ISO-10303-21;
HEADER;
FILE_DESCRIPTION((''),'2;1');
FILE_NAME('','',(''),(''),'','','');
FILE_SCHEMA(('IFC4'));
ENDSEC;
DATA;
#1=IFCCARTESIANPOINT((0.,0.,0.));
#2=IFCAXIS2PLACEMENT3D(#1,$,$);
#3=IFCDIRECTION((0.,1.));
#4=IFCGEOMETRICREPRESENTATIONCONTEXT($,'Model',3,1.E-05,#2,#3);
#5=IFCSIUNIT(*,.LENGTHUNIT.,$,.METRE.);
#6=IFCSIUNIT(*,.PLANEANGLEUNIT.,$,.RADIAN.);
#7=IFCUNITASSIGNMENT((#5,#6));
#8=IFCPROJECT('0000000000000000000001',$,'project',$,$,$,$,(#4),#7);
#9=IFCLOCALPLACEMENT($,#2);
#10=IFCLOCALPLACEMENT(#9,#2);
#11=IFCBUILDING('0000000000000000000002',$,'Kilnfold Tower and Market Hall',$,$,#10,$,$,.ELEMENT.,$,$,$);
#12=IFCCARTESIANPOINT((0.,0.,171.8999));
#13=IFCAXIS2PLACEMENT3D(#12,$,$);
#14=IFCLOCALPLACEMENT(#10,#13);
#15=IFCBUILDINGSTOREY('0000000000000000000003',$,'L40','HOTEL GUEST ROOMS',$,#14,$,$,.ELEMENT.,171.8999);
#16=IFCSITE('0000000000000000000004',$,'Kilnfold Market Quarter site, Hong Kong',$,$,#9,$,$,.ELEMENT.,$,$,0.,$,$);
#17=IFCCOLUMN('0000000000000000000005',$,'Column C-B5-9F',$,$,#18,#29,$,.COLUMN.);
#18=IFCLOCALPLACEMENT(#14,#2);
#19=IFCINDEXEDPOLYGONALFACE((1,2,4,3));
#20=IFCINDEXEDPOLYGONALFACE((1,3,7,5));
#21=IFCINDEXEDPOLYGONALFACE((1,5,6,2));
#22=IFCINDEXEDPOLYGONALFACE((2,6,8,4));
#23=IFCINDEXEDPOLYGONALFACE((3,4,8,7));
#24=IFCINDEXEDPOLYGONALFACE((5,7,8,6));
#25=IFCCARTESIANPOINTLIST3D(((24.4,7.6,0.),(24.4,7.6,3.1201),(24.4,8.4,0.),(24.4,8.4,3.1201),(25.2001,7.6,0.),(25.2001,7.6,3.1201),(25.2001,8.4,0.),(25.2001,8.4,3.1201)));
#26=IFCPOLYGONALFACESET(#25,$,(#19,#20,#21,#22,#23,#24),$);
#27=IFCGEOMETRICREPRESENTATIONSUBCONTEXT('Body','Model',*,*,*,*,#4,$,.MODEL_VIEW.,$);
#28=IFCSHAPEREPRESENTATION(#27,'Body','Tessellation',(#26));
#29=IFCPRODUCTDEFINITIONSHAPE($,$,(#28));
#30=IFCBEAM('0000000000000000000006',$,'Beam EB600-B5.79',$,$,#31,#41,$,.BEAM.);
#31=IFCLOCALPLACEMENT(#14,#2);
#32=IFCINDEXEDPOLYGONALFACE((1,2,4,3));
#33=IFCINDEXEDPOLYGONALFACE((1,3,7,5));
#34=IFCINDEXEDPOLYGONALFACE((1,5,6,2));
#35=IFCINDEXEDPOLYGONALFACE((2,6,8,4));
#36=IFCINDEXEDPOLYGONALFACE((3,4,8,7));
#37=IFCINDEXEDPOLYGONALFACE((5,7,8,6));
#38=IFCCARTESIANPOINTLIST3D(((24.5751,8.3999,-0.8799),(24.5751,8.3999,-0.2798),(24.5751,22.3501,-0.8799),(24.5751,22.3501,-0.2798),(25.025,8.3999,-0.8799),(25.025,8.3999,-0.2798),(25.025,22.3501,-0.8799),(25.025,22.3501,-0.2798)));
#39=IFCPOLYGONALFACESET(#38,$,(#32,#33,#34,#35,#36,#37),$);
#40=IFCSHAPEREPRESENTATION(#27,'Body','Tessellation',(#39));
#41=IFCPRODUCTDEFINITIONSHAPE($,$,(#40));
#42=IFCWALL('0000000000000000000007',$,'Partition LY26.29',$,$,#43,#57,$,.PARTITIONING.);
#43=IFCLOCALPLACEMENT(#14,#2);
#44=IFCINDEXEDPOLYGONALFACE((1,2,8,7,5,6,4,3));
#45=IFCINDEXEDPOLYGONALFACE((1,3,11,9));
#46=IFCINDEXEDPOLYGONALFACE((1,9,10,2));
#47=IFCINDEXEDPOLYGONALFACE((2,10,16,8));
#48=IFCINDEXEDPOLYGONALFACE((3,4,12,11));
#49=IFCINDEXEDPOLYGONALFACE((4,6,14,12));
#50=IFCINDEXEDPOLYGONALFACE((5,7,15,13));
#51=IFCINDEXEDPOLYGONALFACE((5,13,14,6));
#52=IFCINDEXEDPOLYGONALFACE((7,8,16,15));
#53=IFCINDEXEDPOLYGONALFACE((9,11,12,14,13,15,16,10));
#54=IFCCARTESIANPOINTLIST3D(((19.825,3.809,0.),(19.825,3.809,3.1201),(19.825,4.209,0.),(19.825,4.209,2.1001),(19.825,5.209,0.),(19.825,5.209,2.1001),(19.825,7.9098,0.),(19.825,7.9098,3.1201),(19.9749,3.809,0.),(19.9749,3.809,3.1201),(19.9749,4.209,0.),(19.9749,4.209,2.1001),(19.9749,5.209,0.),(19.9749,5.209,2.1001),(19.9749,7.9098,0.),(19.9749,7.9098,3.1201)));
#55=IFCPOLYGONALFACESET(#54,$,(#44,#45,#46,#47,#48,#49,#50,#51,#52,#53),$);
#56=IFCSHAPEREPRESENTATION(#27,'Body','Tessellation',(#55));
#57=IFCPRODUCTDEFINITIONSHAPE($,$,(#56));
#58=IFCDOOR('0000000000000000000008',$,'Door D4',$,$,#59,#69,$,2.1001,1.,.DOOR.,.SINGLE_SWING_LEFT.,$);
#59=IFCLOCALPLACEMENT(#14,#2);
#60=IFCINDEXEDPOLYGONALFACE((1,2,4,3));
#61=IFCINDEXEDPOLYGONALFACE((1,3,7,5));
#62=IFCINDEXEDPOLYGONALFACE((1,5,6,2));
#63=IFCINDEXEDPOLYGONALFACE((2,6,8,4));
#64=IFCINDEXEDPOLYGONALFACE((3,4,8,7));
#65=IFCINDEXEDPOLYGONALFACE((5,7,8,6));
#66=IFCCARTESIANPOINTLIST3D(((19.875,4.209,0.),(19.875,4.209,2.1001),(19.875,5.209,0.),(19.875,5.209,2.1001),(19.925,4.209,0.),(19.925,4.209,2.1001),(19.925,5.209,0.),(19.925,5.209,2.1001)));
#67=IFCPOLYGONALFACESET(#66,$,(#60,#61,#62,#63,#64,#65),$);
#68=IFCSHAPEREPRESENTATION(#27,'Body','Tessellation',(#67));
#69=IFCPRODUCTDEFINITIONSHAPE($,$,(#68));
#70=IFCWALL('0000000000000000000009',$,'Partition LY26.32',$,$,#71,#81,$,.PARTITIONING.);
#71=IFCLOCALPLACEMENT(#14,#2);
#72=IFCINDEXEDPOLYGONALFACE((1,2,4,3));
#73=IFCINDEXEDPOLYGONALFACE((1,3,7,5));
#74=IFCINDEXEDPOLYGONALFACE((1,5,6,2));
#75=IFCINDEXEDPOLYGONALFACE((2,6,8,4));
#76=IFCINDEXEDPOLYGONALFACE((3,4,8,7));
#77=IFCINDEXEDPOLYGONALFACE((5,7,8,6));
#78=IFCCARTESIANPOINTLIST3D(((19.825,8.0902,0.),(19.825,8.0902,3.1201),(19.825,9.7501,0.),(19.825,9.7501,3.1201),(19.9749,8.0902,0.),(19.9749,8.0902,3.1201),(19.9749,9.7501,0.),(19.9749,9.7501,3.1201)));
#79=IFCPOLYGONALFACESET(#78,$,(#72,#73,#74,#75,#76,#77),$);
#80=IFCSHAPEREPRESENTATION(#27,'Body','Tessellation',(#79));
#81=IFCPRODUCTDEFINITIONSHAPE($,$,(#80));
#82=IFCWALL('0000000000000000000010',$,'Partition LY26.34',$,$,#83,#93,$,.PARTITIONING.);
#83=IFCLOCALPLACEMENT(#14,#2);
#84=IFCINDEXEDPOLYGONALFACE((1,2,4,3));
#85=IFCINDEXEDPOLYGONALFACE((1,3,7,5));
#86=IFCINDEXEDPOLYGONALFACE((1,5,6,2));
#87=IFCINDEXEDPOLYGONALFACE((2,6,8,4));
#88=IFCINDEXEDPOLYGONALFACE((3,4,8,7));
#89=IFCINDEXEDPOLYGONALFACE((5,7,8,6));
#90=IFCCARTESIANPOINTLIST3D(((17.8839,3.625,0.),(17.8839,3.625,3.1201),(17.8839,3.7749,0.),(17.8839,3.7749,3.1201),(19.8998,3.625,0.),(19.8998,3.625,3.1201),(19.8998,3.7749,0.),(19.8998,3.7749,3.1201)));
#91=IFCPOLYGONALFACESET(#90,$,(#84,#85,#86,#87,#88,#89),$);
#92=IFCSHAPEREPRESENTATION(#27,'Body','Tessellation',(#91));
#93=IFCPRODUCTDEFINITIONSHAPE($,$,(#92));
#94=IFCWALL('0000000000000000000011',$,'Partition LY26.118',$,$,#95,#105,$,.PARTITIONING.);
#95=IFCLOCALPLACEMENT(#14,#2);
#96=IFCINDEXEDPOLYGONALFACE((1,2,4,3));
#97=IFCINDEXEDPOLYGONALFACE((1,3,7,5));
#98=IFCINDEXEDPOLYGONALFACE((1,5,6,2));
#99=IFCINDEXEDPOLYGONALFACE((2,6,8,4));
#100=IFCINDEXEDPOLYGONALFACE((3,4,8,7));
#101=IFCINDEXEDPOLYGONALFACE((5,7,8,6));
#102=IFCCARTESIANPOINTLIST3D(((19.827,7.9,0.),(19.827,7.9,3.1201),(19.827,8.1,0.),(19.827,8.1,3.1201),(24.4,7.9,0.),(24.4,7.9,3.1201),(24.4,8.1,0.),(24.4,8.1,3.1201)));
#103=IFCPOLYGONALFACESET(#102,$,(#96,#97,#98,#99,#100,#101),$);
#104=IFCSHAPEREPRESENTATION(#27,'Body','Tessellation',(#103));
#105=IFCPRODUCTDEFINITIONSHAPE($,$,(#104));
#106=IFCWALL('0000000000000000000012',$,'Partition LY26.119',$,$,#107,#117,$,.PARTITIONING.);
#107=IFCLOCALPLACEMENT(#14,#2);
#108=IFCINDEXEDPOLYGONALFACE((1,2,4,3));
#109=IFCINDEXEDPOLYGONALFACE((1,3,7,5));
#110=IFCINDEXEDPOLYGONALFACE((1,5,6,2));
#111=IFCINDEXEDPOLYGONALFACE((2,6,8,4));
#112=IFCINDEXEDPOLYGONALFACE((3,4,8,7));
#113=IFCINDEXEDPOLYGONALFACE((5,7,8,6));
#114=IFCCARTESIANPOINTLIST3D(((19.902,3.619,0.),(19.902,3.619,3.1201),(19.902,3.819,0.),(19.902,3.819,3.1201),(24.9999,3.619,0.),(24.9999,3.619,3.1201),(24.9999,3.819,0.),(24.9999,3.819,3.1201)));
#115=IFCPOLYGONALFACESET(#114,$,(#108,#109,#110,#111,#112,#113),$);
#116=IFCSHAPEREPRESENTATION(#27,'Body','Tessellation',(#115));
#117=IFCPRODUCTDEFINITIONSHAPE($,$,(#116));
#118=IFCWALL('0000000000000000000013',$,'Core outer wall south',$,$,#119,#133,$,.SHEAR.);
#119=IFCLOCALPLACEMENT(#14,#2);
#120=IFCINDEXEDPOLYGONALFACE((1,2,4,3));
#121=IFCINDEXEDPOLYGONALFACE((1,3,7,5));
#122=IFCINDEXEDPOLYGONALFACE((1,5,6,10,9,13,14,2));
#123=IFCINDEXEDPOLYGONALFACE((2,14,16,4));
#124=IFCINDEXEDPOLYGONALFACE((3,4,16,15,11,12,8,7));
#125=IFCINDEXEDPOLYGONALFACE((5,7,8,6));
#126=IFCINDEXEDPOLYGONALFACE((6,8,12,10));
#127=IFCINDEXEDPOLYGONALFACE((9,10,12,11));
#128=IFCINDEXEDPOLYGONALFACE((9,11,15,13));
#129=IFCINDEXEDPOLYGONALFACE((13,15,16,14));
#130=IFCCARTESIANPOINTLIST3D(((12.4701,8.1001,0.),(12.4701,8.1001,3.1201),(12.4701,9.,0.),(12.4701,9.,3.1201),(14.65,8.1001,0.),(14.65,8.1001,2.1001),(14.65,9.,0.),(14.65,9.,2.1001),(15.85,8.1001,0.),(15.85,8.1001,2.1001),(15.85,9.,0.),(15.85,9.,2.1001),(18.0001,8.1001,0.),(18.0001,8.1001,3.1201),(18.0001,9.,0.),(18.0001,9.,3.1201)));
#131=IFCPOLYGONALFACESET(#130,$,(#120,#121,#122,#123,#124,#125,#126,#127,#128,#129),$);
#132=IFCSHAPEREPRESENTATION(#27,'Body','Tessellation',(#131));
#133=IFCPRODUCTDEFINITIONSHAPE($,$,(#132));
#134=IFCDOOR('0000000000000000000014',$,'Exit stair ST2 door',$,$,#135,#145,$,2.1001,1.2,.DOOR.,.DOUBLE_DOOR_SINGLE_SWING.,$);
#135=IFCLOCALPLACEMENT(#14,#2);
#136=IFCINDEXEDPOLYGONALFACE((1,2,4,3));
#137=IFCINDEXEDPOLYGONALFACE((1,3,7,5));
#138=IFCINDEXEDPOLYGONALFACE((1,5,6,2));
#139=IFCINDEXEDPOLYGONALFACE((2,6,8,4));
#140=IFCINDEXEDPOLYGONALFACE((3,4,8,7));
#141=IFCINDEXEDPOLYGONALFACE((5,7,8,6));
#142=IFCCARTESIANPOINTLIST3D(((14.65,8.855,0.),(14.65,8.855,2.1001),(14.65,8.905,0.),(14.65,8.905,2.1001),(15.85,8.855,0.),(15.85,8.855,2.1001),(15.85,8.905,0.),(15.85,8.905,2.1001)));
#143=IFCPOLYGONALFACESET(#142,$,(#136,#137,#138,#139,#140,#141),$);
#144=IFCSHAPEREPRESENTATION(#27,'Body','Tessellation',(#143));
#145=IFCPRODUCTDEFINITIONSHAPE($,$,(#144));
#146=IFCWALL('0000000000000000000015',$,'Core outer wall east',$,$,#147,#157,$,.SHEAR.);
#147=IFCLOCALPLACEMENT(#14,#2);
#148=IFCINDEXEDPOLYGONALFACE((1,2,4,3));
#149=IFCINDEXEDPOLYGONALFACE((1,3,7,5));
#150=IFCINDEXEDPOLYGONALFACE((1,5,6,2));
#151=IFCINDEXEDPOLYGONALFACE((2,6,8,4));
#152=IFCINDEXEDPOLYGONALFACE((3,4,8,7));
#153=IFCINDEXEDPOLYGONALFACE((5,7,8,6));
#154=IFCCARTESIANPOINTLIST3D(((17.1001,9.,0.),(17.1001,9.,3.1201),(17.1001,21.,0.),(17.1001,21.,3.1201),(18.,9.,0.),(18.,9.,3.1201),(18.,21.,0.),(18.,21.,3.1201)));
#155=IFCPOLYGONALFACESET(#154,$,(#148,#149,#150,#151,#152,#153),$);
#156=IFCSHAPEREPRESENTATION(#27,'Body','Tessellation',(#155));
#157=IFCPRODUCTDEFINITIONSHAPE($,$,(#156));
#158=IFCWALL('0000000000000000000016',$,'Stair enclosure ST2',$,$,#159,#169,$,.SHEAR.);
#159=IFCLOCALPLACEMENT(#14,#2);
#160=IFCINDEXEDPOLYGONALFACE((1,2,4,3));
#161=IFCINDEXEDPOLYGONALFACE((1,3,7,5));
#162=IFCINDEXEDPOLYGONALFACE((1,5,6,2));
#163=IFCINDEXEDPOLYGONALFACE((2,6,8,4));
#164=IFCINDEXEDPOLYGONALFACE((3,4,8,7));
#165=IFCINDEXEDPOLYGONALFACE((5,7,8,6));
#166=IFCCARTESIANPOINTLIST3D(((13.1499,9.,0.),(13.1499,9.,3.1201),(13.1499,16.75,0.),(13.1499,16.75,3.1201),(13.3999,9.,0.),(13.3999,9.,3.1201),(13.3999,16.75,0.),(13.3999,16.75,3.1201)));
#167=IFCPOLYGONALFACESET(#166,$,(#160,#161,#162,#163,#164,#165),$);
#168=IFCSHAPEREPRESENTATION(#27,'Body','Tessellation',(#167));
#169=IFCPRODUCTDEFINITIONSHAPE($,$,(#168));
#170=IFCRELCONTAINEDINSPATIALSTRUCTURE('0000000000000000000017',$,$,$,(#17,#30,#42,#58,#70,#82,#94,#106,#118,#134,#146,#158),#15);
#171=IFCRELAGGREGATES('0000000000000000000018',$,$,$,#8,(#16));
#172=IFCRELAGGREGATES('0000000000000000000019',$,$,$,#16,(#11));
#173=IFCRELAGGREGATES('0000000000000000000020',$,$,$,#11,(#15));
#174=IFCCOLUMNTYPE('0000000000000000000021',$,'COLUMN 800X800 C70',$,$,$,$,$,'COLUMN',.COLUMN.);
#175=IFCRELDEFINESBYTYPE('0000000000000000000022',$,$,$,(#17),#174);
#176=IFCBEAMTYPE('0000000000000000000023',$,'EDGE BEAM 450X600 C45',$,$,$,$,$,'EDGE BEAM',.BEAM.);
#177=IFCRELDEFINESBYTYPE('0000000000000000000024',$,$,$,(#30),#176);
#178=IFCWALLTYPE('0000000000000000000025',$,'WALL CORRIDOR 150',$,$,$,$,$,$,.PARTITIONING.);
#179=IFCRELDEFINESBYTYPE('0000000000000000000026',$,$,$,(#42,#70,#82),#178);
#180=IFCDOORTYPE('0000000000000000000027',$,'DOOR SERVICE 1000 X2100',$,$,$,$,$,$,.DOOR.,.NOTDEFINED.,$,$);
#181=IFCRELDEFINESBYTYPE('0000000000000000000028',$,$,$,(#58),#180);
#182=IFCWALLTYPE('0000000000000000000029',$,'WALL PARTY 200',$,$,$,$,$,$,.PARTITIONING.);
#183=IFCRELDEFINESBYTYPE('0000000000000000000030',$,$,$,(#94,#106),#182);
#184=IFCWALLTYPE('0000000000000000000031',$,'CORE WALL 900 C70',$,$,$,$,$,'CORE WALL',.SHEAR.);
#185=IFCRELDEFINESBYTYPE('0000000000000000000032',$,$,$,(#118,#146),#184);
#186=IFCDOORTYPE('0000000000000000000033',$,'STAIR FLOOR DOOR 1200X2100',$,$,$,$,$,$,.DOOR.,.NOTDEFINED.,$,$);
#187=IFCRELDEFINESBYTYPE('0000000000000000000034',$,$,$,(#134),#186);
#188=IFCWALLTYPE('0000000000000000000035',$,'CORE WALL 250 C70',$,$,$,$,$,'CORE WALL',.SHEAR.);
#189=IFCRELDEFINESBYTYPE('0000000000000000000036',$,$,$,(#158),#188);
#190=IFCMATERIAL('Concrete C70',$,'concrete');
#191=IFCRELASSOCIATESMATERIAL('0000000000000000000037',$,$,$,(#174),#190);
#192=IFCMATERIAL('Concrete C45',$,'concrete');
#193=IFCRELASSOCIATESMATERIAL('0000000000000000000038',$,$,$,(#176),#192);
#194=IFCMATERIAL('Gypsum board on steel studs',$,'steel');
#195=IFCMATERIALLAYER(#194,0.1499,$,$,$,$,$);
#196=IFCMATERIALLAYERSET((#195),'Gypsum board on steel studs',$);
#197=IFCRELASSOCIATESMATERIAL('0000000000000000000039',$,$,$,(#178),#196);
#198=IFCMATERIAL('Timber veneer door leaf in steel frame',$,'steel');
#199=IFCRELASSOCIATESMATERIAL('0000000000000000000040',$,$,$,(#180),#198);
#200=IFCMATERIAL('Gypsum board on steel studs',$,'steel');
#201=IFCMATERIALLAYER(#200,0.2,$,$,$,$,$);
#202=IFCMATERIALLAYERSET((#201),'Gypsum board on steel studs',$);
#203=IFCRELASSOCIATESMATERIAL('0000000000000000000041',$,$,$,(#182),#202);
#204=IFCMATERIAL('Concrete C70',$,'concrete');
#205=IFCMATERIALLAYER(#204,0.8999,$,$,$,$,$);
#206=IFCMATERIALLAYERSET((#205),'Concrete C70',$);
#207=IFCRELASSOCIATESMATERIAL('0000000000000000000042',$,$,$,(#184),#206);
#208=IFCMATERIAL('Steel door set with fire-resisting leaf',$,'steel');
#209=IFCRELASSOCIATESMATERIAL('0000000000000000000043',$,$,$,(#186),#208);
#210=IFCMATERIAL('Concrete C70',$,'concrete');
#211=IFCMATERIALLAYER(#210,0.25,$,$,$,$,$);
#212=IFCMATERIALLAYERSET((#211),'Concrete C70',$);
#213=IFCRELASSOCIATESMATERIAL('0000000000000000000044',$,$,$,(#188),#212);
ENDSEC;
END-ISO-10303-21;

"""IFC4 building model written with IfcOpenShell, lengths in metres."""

from ifc_helpers import new_model, si_unit, direction, frame, frame_2d, origin, origin_2d, place, context, subcontext, project, spatial, rectangle, extrude, source, transform, mapped, material, layer, layer_set, material_profile, profile_set, type_object, element, fill, save


model = new_model("IFC4")

# Units and contexts
model_context = context("Model", 3, precision=1e-05, world=origin(), true_north=direction((0.0, 1.0)))
body_context = subcontext(model_context, "Body", "Model", "MODEL_VIEW")
ifc_project = project(units=[si_unit("LENGTHUNIT", "METRE"), si_unit("PLANEANGLEUNIT", "RADIAN")], contexts=[model_context])

# Site, building, storey
site_placement = place(None, origin())
site = spatial("IfcSite", under=ifc_project, at=site_placement, Name="Kilnfold Market Quarter site, Hong Kong", CompositionType="ELEMENT", RefElevation=0.0)
building_placement = place(site_placement, origin())
building = spatial("IfcBuilding", under=site, at=building_placement, Name="Kilnfold Tower and Market Hall", CompositionType="ELEMENT")
storey_placement = place(building_placement, frame((0.0, 0.0, 171.8999)))
storey = spatial("IfcBuildingStorey", under=building, at=storey_placement, Name="L40", Description="HOTEL GUEST ROOMS", CompositionType="ELEMENT", Elevation=171.8999)

# Column
ifc_material_1 = material(Name="Concrete C70", Category="concrete")
ifc_material_profile_1 = material_profile(ifc_material_1, rectangle(XDim=0.8, YDim=0.8, at=origin_2d()), Name="RC 800x800")
ifc_profile_set_1 = profile_set([ifc_material_profile_1], Name="Concrete C70")
column_type = type_object("IfcColumnType", Name="COLUMN 800X800 C70", ElementType="COLUMN", PredefinedType="COLUMN", material=ifc_profile_set_1)
shared_shape_1 = source(origin(), body_context, "Body", "SweptSolid", [
    extrude(rectangle(XDim=0.8, YDim=0.8, at=origin_2d()), origin(), (0.0, 0.0, 1.0), 3.1201),
])
column_placement = place(storey_placement, frame((24.8, 8.0, 0.0), z_axis=(0.0, 0.0, 1.0), x_axis=(1.0, 0.0, 0.0)))
element("IfcColumn", 1, at=column_placement, inside=storey, type_object=column_type, Name="Column C-B5-9F", PredefinedType="COLUMN", context=body_context, shape_type="MappedRepresentation", body=[
    mapped(shared_shape_1, transform((0.0, 0.0, 0.0))),
])

# Beam
ifc_material_2 = material(Name="Concrete C45", Category="concrete")
ifc_material_profile_2 = material_profile(ifc_material_2, rectangle(XDim=0.45, YDim=0.6001, at=origin_2d()), Name="RC 450x600")
ifc_profile_set_2 = profile_set([ifc_material_profile_2], Name="Concrete C45")
beam_type = type_object("IfcBeamType", Name="EDGE BEAM 450X600 C45", ElementType="EDGE BEAM", PredefinedType="BEAM", material=ifc_profile_set_2)
shared_shape_2 = source(origin(), body_context, "Body", "SweptSolid", [
    extrude(rectangle(XDim=0.45, YDim=0.6001, at=origin_2d()), origin(), (0.0, 0.0, 1.0), 13.9502),
])
beam_placement = place(storey_placement, frame((24.8, 8.3999, -0.5798), z_axis=(0.0, 1.0, 0.0), x_axis=(-1.0, 0.0, 0.0)))
element("IfcBeam", 2, at=beam_placement, inside=storey, type_object=beam_type, Name="Beam EB600-B5.79", PredefinedType="BEAM", context=body_context, shape_type="MappedRepresentation", body=[
    mapped(shared_shape_2, transform((0.0, 0.0, 0.0))),
])

# Wall, opening, door
ifc_material_3 = material(Name="Gypsum board on steel studs", Category="steel")
ifc_layer_1 = layer(ifc_material_3, 0.1499)
ifc_layer_set_1 = layer_set([ifc_layer_1], Name="Gypsum board on steel studs")
wall_type_1 = type_object("IfcWallType", Name="WALL CORRIDOR 150", PredefinedType="PARTITIONING", material=ifc_layer_set_1)
wall_1_placement = place(storey_placement, frame((19.8999, 3.8091, 0.0), z_axis=(0.0, 0.0, 1.0), x_axis=(0.0, 1.0, 0.0)))
wall_1 = element("IfcWall", 3, at=wall_1_placement, inside=storey, type_object=wall_type_1, Name="Partition LY26.29", PredefinedType="PARTITIONING", context=body_context, shape_type="SweptSolid", body=[
    extrude(rectangle(XDim=4.1008, YDim=0.1499, at=frame_2d((2.0503, 0.0))), origin(), (0.0, 0.0, 1.0), 3.1201),
])
opening_1_placement = place(wall_1_placement, frame((0.3999, 0.0, 0.0)))
opening_1 = element("IfcOpeningElement", 4, at=opening_1_placement, cuts=wall_1, PredefinedType="OPENING", context=body_context, shape_type="SweptSolid", body=[
    extrude(rectangle(XDim=1.0, YDim=2.1001, at=frame_2d((0.5, 1.05))), frame((0.0, 0.085, 0.0), z_axis=(0.0, -1.0, 0.0), x_axis=(1.0, 0.0, 0.0)), (0.0, 0.0, 1.0), 0.1699),
])
ifc_material_4 = material(Name="Timber veneer door leaf in steel frame", Category="steel")
door_type_1 = type_object("IfcDoorType", Name="DOOR SERVICE 1000 X2100", OperationType="NOTDEFINED", PredefinedType="DOOR", material=ifc_material_4)
door_1_placement = place(opening_1_placement, origin())
door_1 = element("IfcDoor", 5, at=door_1_placement, inside=storey, type_object=door_type_1, Name="Door D4", OperationType="SINGLE_SWING_LEFT", OverallHeight=2.1001, OverallWidth=1.0, PredefinedType="DOOR", context=body_context, shape_type="SweptSolid", body=[
    extrude(rectangle(XDim=1.0, YDim=2.1001, at=frame_2d((0.5, 1.05))), frame((0.0, 0.0249, 0.0), z_axis=(0.0, -1.0, 0.0), x_axis=(1.0, 0.0, 0.0)), (0.0, 0.0, 1.0), 0.05),
])
fill(opening_1, door_1)

# Walls
wall_2_placement = place(storey_placement, frame((19.8999, 8.0901, 0.0), z_axis=(0.0, 0.0, 1.0), x_axis=(0.0, 1.0, 0.0)))
element("IfcWall", 6, at=wall_2_placement, inside=storey, type_object=wall_type_1, Name="Partition LY26.32", PredefinedType="PARTITIONING", context=body_context, shape_type="SweptSolid", body=[
    extrude(rectangle(XDim=1.6599, YDim=0.1499, at=frame_2d((0.8301, 0.0))), origin(), (0.0, 0.0, 1.0), 3.1201),
])
wall_3_placement = place(storey_placement, frame((17.884, 3.7, 0.0), z_axis=(0.0, 0.0, 1.0), x_axis=(1.0, 0.0, 0.0)))
element("IfcWall", 7, at=wall_3_placement, inside=storey, type_object=wall_type_1, Name="Partition LY26.34", PredefinedType="PARTITIONING", context=body_context, shape_type="SweptSolid", body=[
    extrude(rectangle(XDim=2.0159, YDim=0.1499, at=frame_2d((1.0078, 0.0))), origin(), (0.0, 0.0, 1.0), 3.1201),
])
ifc_material_5 = material(Name="Gypsum board on steel studs", Category="steel")
ifc_layer_2 = layer(ifc_material_5, 0.2)
ifc_layer_set_2 = layer_set([ifc_layer_2], Name="Gypsum board on steel studs")
wall_type_2 = type_object("IfcWallType", Name="WALL PARTY 200", PredefinedType="PARTITIONING", material=ifc_layer_set_2)
wall_4_placement = place(storey_placement, frame((19.8269, 8.0, 0.0), z_axis=(0.0, 0.0, 1.0), x_axis=(1.0, 0.0, 0.0)))
element("IfcWall", 8, at=wall_4_placement, inside=storey, type_object=wall_type_2, Name="Partition LY26.118", PredefinedType="PARTITIONING", context=body_context, shape_type="SweptSolid", body=[
    extrude(rectangle(XDim=4.573, YDim=0.2, at=frame_2d((2.2866, 0.0))), origin(), (0.0, 0.0, 1.0), 3.1201),
])
wall_5_placement = place(storey_placement, frame((19.9021, 3.719, 0.0), z_axis=(0.0, 0.0, 1.0), x_axis=(1.0, 0.0, 0.0)))
element("IfcWall", 9, at=wall_5_placement, inside=storey, type_object=wall_type_2, Name="Partition LY26.119", PredefinedType="PARTITIONING", context=body_context, shape_type="SweptSolid", body=[
    extrude(rectangle(XDim=5.0979, YDim=0.2, at=frame_2d((2.5488, 0.0))), origin(), (0.0, 0.0, 1.0), 3.1201),
])

# Wall, opening, door
ifc_material_6 = material(Name="Concrete C70", Category="concrete")
ifc_layer_3 = layer(ifc_material_6, 0.8999)
ifc_layer_set_3 = layer_set([ifc_layer_3], Name="Concrete C70")
wall_type_3 = type_object("IfcWallType", Name="CORE WALL 900 C70", ElementType="CORE WALL", PredefinedType="SHEAR", material=ifc_layer_set_3)
shared_shape_3 = source(origin(), body_context, "Body", "SweptSolid", [
    extrude(rectangle(XDim=5.53, YDim=0.8999, at=frame_2d((2.7651, 0.0))), origin(), (0.0, 0.0, 1.0), 3.1201),
])
wall_6_placement = place(storey_placement, frame((12.47, 8.55, 0.0), z_axis=(0.0, 0.0, 1.0), x_axis=(1.0, 0.0, 0.0)))
wall_6 = element("IfcWall", 10, at=wall_6_placement, inside=storey, type_object=wall_type_3, Name="Core outer wall south", PredefinedType="SHEAR", context=body_context, shape_type="MappedRepresentation", body=[
    mapped(shared_shape_3, transform((0.0, 0.0, 0.0))),
])
opening_2_placement = place(wall_6_placement, frame((2.1799, 0.0, 0.0)))
opening_2 = element("IfcOpeningElement", 11, at=opening_2_placement, cuts=wall_6, PredefinedType="OPENING", context=body_context, shape_type="SweptSolid", body=[
    extrude(rectangle(XDim=1.2, YDim=2.1001, at=frame_2d((0.6001, 1.05))), frame((0.0, 0.46, 0.0), z_axis=(0.0, -1.0, 0.0), x_axis=(1.0, 0.0, 0.0)), (0.0, 0.0, 1.0), 0.9199),
])
ifc_material_7 = material(Name="Steel door set with fire-resisting leaf", Category="steel")
door_type_2 = type_object("IfcDoorType", Name="STAIR FLOOR DOOR 1200X2100", OperationType="NOTDEFINED", PredefinedType="DOOR", material=ifc_material_7)
door_2_placement = place(opening_2_placement, origin())
door_2 = element("IfcDoor", 12, at=door_2_placement, inside=storey, type_object=door_type_2, Name="Exit stair ST2 door", OperationType="DOUBLE_DOOR_SINGLE_SWING", OverallHeight=2.1001, OverallWidth=1.2, PredefinedType="DOOR", context=body_context, shape_type="SweptSolid", body=[
    extrude(rectangle(XDim=1.2, YDim=2.1001, at=frame_2d((0.6001, 1.05))), frame((0.0, 0.355, 0.0), z_axis=(0.0, -1.0, 0.0), x_axis=(1.0, 0.0, 0.0)), (0.0, 0.0, 1.0), 0.05),
])
fill(opening_2, door_2)

# Walls
shared_shape_4 = source(origin(), body_context, "Body", "SweptSolid", [
    extrude(rectangle(XDim=12.0, YDim=0.8999, at=frame_2d((6.0, 0.0))), origin(), (0.0, 0.0, 1.0), 3.1201),
])
wall_7_placement = place(storey_placement, frame((17.55, 9.0, 0.0), z_axis=(0.0, 0.0, 1.0), x_axis=(0.0, 1.0, 0.0)))
element("IfcWall", 13, at=wall_7_placement, inside=storey, type_object=wall_type_3, Name="Core outer wall east", PredefinedType="SHEAR", context=body_context, shape_type="MappedRepresentation", body=[
    mapped(shared_shape_4, transform((0.0, 0.0, 0.0))),
])
ifc_material_8 = material(Name="Concrete C70", Category="concrete")
ifc_layer_4 = layer(ifc_material_8, 0.25)
ifc_layer_set_4 = layer_set([ifc_layer_4], Name="Concrete C70")
wall_type_4 = type_object("IfcWallType", Name="CORE WALL 250 C70", ElementType="CORE WALL", PredefinedType="SHEAR", material=ifc_layer_set_4)
shared_shape_5 = source(origin(), body_context, "Body", "SweptSolid", [
    extrude(rectangle(XDim=7.75, YDim=0.25, at=frame_2d((3.875, 0.0))), origin(), (0.0, 0.0, 1.0), 3.1201),
])
wall_8_placement = place(storey_placement, frame((13.2749, 9.0, 0.0), z_axis=(0.0, 0.0, 1.0), x_axis=(0.0, 1.0, 0.0)))
element("IfcWall", 14, at=wall_8_placement, inside=storey, type_object=wall_type_4, Name="Stair enclosure ST2", PredefinedType="SHEAR", context=body_context, shape_type="MappedRepresentation", body=[
    mapped(shared_shape_5, transform((0.0, 0.0, 0.0))),
])

save(model, "model.ifc")
